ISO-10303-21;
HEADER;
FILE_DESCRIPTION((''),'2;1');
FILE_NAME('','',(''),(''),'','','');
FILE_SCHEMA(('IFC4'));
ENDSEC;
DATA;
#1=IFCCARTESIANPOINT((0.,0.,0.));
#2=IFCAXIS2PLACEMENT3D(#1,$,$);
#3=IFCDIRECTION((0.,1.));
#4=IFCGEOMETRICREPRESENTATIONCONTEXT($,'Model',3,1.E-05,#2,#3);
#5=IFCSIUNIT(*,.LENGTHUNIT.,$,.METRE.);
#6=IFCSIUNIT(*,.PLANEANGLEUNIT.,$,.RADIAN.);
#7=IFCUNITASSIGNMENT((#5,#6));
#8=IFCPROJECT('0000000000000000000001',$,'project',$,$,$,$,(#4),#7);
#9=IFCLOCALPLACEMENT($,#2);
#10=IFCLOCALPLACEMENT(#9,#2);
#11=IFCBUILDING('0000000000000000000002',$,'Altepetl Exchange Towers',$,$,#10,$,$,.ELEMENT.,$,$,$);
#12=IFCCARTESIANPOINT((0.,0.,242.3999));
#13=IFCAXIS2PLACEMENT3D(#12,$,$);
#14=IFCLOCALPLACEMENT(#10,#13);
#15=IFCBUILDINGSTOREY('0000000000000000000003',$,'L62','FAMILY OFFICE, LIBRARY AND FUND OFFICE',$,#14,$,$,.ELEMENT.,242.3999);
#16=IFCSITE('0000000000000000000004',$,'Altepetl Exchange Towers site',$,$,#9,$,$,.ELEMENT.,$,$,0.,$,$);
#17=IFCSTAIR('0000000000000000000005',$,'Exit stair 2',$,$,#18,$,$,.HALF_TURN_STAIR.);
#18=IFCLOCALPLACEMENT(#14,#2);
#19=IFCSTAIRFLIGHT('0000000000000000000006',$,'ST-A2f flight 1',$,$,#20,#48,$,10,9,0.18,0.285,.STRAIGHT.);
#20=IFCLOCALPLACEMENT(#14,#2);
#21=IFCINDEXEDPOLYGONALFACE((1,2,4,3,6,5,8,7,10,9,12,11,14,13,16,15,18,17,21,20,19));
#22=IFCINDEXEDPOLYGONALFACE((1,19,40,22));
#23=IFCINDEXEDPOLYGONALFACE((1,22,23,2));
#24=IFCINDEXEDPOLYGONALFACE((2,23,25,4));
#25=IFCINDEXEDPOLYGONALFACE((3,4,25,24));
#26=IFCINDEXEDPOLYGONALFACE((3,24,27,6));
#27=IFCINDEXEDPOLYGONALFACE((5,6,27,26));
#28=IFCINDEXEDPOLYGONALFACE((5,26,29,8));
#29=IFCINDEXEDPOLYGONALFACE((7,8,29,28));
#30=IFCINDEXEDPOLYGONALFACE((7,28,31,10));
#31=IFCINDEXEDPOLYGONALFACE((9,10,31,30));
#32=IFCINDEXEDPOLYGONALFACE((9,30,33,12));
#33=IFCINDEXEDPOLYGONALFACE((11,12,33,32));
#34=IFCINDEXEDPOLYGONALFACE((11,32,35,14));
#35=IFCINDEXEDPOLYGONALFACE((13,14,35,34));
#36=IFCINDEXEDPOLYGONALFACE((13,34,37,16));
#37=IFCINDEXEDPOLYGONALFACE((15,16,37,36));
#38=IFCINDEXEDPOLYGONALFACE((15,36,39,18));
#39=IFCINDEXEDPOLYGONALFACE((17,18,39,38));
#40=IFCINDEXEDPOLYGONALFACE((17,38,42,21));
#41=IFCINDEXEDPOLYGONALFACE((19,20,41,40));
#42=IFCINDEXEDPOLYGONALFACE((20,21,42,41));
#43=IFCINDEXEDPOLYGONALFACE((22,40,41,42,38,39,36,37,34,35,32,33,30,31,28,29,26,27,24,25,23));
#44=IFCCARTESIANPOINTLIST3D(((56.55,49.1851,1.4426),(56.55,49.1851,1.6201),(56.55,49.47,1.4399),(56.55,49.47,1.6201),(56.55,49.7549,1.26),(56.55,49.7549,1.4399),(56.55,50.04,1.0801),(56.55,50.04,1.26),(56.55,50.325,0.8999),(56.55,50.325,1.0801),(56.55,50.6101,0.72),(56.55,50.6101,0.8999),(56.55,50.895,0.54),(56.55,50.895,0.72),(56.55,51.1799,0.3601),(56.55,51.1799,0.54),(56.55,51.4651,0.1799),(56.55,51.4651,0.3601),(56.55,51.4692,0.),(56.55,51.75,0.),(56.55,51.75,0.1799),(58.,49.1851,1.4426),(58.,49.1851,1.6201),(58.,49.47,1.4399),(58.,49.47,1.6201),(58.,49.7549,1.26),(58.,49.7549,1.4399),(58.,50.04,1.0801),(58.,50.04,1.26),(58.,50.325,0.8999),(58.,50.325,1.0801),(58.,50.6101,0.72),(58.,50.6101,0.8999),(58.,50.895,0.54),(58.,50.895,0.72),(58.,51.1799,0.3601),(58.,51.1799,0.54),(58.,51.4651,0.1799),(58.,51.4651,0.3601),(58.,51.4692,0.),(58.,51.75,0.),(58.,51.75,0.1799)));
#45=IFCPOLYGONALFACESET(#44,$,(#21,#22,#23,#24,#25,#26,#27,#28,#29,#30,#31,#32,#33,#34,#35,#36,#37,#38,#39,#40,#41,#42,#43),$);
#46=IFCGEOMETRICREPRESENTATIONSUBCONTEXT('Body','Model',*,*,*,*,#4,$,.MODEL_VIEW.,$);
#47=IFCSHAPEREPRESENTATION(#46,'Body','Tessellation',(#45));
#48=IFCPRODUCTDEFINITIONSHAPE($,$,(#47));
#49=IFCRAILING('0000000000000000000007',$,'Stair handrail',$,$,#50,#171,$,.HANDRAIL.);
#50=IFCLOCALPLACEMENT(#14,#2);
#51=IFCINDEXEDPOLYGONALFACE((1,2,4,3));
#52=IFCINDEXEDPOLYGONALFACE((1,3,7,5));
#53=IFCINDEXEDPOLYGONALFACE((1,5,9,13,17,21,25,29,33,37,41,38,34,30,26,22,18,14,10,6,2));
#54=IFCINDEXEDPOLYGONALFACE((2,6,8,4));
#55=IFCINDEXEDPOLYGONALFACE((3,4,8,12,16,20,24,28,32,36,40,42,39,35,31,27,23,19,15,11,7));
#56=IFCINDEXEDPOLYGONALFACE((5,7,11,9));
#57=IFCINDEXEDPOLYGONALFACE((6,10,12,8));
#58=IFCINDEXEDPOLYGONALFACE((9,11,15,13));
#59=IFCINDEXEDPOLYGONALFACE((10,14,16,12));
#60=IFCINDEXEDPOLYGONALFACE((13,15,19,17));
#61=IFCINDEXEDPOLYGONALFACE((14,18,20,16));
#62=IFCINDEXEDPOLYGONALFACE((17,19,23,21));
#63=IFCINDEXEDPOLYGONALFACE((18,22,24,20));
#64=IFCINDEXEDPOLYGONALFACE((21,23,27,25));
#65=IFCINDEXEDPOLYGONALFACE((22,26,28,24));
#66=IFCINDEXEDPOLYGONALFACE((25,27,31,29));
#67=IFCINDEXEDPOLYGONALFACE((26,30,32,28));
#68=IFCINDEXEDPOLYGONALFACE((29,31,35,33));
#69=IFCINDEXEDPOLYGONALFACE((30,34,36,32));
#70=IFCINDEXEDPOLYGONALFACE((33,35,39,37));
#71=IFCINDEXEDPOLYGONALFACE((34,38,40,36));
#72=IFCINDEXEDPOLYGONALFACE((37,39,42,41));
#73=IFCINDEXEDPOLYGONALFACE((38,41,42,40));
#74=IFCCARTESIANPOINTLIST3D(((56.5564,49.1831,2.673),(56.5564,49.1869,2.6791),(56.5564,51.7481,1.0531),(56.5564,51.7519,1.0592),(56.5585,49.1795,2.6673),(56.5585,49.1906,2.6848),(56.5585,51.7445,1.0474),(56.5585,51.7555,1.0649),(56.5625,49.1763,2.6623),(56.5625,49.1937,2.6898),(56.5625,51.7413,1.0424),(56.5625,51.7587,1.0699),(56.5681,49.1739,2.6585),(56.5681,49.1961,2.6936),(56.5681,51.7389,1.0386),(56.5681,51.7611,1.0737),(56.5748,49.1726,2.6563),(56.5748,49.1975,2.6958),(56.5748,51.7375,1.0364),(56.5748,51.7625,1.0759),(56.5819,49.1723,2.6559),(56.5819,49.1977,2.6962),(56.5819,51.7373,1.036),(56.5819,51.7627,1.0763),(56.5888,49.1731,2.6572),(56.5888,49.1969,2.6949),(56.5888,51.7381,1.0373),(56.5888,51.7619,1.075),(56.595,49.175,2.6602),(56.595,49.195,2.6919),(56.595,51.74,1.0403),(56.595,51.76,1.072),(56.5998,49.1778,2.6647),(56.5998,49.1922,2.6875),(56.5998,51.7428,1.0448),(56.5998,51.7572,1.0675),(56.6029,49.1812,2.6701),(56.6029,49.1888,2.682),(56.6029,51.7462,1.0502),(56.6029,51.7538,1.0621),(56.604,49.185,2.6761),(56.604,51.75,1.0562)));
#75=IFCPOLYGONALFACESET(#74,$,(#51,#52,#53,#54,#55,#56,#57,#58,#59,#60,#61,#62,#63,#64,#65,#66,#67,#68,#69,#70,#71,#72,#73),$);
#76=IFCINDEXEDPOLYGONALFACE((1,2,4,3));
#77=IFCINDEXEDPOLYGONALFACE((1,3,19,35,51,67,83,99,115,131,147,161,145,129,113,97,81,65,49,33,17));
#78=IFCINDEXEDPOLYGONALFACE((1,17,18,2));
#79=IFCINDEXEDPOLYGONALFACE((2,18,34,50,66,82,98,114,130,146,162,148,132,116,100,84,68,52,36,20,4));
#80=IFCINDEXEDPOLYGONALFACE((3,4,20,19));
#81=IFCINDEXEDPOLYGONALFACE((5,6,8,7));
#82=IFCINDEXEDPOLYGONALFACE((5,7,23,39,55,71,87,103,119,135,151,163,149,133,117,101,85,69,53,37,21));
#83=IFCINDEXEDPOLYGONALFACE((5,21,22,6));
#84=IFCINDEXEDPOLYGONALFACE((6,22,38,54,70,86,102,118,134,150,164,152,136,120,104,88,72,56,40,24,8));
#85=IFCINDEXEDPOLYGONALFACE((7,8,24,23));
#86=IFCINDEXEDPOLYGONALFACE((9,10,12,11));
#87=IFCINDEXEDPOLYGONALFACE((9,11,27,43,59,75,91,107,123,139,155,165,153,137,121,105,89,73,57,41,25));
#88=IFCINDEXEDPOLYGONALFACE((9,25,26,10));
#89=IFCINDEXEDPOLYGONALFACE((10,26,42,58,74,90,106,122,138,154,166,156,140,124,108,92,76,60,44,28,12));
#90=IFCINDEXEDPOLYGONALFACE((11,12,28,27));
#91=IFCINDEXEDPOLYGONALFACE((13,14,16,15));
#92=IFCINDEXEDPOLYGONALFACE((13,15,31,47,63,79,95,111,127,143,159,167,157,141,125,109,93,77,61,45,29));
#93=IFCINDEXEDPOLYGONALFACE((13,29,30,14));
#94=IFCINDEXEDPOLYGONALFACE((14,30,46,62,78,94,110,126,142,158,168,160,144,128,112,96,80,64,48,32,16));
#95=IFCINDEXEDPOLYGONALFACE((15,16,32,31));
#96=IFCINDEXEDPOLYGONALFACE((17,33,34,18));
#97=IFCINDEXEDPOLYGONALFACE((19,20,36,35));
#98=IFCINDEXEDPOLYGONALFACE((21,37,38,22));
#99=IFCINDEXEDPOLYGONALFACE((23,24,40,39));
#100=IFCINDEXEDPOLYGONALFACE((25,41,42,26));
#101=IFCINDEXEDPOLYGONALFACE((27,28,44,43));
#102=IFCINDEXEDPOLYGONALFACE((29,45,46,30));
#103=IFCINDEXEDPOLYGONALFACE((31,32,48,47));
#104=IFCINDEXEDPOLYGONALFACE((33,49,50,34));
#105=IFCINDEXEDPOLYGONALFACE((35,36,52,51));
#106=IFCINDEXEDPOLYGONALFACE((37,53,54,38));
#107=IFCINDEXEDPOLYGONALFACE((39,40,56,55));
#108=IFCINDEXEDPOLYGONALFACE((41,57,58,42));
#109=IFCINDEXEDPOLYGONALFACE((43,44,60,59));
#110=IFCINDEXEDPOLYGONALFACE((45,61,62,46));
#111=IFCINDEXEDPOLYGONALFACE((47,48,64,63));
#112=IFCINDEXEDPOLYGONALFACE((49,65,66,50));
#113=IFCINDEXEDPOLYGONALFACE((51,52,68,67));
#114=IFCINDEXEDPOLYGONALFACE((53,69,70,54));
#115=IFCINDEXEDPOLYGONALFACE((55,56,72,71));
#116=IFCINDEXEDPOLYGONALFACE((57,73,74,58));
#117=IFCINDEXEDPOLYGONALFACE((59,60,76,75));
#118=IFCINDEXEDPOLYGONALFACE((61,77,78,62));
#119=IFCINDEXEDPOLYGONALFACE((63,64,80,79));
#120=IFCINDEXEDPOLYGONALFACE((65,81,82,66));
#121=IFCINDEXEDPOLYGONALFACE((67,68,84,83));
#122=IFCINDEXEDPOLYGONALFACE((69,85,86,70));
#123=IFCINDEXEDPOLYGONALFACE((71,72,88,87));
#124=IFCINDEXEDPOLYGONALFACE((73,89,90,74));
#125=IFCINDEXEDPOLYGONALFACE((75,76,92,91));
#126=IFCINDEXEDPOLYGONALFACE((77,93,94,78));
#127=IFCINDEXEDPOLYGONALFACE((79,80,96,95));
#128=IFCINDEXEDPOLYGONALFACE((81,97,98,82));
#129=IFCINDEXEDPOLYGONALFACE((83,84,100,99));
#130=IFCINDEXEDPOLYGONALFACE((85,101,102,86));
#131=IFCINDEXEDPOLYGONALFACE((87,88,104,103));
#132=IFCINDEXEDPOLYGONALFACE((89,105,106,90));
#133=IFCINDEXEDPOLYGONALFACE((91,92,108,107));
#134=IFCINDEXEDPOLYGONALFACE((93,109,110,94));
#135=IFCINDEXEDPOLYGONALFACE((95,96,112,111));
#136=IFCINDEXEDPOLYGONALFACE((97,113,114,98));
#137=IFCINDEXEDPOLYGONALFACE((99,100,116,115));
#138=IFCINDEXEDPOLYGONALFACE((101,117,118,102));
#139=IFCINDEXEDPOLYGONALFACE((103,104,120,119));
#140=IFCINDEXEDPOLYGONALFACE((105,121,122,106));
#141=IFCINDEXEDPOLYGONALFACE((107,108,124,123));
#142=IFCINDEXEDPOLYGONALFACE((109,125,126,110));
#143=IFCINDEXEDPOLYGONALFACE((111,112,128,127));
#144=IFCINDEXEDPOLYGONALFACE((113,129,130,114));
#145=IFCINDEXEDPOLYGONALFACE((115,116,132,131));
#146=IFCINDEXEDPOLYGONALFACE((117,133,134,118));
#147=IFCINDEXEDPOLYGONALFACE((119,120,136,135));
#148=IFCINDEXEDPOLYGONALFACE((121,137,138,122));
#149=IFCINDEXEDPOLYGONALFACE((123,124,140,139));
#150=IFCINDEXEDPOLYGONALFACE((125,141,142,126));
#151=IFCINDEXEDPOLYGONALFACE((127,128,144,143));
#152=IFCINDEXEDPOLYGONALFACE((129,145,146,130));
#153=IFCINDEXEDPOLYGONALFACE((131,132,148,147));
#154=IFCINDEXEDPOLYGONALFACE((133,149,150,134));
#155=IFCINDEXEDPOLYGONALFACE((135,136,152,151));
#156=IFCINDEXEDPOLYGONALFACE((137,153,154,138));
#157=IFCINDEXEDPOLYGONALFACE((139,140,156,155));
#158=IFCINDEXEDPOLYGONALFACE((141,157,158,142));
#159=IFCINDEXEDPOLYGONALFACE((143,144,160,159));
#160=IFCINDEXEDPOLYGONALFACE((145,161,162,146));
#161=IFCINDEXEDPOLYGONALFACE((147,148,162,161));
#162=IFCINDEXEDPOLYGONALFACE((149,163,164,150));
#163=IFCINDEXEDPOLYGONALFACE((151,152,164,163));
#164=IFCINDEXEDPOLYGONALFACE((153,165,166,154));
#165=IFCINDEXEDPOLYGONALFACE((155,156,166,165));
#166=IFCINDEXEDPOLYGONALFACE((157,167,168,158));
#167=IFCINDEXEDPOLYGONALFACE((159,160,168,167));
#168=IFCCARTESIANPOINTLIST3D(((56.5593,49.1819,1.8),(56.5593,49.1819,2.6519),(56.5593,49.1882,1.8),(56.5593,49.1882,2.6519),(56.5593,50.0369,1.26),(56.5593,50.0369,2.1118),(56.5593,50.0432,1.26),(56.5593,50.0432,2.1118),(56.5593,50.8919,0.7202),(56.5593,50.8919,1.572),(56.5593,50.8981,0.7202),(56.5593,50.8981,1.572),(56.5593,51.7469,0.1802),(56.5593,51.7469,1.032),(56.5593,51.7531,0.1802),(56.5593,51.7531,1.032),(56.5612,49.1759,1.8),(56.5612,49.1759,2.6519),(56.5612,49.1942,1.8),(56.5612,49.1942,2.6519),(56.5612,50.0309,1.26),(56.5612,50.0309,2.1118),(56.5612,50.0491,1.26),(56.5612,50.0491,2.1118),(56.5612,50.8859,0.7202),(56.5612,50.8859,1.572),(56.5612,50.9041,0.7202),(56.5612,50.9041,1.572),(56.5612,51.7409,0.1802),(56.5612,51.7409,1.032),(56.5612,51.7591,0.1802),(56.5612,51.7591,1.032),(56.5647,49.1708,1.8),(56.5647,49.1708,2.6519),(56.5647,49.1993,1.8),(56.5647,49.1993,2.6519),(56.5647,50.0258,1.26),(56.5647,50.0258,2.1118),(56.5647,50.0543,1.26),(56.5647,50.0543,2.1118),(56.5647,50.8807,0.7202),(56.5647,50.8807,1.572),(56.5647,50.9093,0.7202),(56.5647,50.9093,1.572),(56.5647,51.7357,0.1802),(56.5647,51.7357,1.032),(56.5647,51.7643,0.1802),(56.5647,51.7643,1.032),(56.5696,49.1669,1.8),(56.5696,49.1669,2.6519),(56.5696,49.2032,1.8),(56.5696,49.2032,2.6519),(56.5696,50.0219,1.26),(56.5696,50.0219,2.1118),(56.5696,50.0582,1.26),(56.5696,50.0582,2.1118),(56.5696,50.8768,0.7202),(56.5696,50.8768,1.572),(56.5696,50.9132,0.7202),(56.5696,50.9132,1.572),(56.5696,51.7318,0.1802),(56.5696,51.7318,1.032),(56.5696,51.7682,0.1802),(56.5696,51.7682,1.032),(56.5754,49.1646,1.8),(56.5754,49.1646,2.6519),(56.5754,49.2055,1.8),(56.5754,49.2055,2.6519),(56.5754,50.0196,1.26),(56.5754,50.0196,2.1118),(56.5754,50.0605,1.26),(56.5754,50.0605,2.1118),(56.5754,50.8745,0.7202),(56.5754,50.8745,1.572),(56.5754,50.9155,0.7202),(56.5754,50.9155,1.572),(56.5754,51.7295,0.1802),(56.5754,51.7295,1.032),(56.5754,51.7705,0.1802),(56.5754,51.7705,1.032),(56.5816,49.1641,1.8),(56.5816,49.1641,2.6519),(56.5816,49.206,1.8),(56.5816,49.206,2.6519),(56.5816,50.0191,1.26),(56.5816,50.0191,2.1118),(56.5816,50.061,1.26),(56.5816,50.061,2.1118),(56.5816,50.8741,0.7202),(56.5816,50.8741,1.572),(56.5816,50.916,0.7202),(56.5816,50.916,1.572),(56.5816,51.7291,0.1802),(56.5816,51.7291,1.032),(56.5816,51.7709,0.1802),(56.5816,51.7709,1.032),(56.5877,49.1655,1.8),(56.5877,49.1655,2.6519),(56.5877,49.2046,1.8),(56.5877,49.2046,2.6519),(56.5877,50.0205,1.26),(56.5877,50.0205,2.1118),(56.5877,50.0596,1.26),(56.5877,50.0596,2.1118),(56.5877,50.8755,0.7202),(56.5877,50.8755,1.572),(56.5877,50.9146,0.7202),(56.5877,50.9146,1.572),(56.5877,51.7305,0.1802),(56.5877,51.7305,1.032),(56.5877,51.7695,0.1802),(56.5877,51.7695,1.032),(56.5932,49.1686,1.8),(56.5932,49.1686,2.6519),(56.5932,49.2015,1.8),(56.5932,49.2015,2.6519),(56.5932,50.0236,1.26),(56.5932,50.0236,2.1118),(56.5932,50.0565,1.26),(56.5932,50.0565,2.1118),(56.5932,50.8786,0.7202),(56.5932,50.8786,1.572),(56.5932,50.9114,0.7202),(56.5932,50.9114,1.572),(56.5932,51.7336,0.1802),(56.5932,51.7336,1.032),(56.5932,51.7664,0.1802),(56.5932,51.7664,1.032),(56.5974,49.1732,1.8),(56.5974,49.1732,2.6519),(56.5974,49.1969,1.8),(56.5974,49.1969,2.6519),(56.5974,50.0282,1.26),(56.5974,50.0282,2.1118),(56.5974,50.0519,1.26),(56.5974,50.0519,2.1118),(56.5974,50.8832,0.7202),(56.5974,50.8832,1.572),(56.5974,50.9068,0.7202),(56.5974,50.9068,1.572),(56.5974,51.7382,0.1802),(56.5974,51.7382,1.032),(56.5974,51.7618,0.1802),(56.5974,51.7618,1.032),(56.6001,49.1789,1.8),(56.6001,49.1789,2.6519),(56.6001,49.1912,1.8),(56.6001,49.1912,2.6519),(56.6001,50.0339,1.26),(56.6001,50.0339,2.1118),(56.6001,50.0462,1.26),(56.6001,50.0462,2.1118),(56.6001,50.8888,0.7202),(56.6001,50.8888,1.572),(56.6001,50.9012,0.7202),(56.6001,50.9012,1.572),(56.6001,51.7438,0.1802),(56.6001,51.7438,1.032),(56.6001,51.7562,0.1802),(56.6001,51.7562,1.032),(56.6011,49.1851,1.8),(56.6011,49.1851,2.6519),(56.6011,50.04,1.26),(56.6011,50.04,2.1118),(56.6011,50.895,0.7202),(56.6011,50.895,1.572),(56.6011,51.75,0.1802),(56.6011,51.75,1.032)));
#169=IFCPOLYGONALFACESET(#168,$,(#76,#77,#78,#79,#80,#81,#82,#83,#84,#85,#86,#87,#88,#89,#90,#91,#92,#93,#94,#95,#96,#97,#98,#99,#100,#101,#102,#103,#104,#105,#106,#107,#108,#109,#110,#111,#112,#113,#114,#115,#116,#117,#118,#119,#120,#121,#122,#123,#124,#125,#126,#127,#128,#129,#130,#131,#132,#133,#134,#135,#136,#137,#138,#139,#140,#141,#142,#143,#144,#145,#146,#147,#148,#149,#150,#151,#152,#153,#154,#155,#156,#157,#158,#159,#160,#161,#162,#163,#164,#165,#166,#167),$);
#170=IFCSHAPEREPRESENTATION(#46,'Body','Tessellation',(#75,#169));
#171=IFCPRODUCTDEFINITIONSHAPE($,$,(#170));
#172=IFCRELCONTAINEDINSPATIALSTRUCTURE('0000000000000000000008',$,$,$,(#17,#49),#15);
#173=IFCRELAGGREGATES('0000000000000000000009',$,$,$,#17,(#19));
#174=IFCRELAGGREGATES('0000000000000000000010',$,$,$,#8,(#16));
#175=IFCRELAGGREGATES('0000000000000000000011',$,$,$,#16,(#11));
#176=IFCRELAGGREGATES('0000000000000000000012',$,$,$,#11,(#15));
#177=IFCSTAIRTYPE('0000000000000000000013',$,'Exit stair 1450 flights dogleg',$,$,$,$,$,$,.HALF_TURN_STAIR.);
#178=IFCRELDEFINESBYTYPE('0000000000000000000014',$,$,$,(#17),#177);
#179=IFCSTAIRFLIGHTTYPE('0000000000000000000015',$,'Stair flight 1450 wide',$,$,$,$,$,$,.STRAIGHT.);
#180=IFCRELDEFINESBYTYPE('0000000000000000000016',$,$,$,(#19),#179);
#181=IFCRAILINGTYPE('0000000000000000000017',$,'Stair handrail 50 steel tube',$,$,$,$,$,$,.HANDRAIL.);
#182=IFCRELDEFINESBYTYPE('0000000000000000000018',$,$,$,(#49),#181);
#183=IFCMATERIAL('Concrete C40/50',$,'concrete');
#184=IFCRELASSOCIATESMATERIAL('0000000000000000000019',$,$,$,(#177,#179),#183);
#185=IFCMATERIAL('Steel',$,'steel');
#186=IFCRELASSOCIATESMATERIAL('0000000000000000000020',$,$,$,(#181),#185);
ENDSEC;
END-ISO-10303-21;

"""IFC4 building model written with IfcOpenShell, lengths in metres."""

from ifc_helpers import new_model, si_unit, direction, frame, origin, origin_2d, place, context, subcontext, project, spatial, polyline, circle, outline, extrude, source, transform, mapped, material, type_object, element, aggregate, save


model = new_model("IFC4")

# Units and contexts
model_context = context("Model", 3, precision=1e-05, world=origin(), true_north=direction((0.0, 1.0)))
body_context = subcontext(model_context, "Body", "Model", "MODEL_VIEW")
ifc_project = project(units=[si_unit("LENGTHUNIT", "METRE"), si_unit("PLANEANGLEUNIT", "RADIAN")], contexts=[model_context])

# Site, building, storey
site_placement = place(None, origin())
site = spatial("IfcSite", under=ifc_project, at=site_placement, Name="Altepetl Exchange Towers site", CompositionType="ELEMENT", RefElevation=0.0)
building_placement = place(site_placement, origin())
building = spatial("IfcBuilding", under=site, at=building_placement, Name="Altepetl Exchange Towers", CompositionType="ELEMENT")
storey_placement = place(building_placement, frame((0.0, 0.0, 242.3999)))
storey = spatial("IfcBuildingStorey", under=building, at=storey_placement, Name="L62", Description="FAMILY OFFICE, LIBRARY AND FUND OFFICE", CompositionType="ELEMENT", Elevation=242.3999)

# Shared definitions
ifc_material_1 = material(Name="Concrete C40/50", Category="concrete")

# Stair, stair flight
stair_type = type_object("IfcStairType", Name="Exit stair 1450 flights dogleg", PredefinedType="HALF_TURN_STAIR", material=ifc_material_1)
stair_placement = place(storey_placement, origin())
stair = element("IfcStair", 1, at=stair_placement, inside=storey, type_object=stair_type, Name="Exit stair 2", PredefinedType="HALF_TURN_STAIR")
stair_flight_type = type_object("IfcStairFlightType", Name="Stair flight 1450 wide", PredefinedType="STRAIGHT", material=ifc_material_1)
stair_flight_placement = place(storey_placement, frame((57.2749, 51.75, 0.0), z_axis=(0.0, 0.0, 1.0), x_axis=(0.0, -1.0, 0.0)))
stair_flight = element("IfcStairFlight", 2, at=stair_flight_placement, type_object=stair_flight_type, Name="ST-A2f flight 1", NumberOfRisers=10, NumberOfTreads=9, PredefinedType="STRAIGHT", RiserHeight=0.18, TreadLength=0.285, context=body_context, shape_type="SweptSolid", body=[
    extrude(outline(polyline([(0.0, 0.0), (0.0, 0.1799), (0.2849, 0.1799), (0.2849, 0.3601), (0.5701, 0.3601), (0.5701, 0.54), (0.855, 0.54), (0.855, 0.72), (1.1399, 0.72), (1.1399, 0.8999), (1.425, 0.8999), (1.425, 1.0801), (1.71, 1.0801), (1.71, 1.26), (1.9951, 1.26), (1.9951, 1.4399), (2.28, 1.4399), (2.28, 1.6201), (2.5649, 1.6201), (2.5649, 1.8), (2.5649, 1.4426), (0.2808, 0.0), (0.0, 0.0)])), frame((0.0, 0.7251, 0.0), z_axis=(0.0, -1.0, 0.0), x_axis=(1.0, 0.0, 0.0)), (0.0, 0.0, 1.0), 1.45),
])
aggregate(stair, [stair_flight])

# Railing
ifc_material_2 = material(Name="Steel", Category="steel")
railing_type = type_object("IfcRailingType", Name="Stair handrail 50 steel tube", PredefinedType="HANDRAIL", material=ifc_material_2)
shared_shape = source(origin(), body_context, "Body", "SweptSolid", [
    extrude(circle(Radius=0.021, at=origin_2d()), origin(), (0.0, 0.0, 1.0), 0.8518),
])
railing_placement = place(storey_placement, frame((56.5801, 51.75, 0.1802)))
element("IfcRailing", 3, at=railing_placement, inside=storey, type_object=railing_type, Name="Stair handrail", PredefinedType="HANDRAIL", context=body_context, shape_type="SweptSolid", body=[
    extrude(circle(Radius=0.0239, at=origin_2d()), frame((0.0, 0.0, 0.876), z_axis=(0.0, -0.845502, 0.533972), x_axis=(1.0, 0.0, 0.0)), (0.0, 0.0, 1.0), 3.0337),
    mapped(shared_shape, transform((0.0, 0.0, 0.0))),
    mapped(shared_shape, transform((0.0, -0.855, 0.54))),
    mapped(shared_shape, transform((0.0, -1.71, 1.0798))),
    mapped(shared_shape, transform((0.0, -2.5649, 1.6199))),
])

save(model, "model.ifc")
